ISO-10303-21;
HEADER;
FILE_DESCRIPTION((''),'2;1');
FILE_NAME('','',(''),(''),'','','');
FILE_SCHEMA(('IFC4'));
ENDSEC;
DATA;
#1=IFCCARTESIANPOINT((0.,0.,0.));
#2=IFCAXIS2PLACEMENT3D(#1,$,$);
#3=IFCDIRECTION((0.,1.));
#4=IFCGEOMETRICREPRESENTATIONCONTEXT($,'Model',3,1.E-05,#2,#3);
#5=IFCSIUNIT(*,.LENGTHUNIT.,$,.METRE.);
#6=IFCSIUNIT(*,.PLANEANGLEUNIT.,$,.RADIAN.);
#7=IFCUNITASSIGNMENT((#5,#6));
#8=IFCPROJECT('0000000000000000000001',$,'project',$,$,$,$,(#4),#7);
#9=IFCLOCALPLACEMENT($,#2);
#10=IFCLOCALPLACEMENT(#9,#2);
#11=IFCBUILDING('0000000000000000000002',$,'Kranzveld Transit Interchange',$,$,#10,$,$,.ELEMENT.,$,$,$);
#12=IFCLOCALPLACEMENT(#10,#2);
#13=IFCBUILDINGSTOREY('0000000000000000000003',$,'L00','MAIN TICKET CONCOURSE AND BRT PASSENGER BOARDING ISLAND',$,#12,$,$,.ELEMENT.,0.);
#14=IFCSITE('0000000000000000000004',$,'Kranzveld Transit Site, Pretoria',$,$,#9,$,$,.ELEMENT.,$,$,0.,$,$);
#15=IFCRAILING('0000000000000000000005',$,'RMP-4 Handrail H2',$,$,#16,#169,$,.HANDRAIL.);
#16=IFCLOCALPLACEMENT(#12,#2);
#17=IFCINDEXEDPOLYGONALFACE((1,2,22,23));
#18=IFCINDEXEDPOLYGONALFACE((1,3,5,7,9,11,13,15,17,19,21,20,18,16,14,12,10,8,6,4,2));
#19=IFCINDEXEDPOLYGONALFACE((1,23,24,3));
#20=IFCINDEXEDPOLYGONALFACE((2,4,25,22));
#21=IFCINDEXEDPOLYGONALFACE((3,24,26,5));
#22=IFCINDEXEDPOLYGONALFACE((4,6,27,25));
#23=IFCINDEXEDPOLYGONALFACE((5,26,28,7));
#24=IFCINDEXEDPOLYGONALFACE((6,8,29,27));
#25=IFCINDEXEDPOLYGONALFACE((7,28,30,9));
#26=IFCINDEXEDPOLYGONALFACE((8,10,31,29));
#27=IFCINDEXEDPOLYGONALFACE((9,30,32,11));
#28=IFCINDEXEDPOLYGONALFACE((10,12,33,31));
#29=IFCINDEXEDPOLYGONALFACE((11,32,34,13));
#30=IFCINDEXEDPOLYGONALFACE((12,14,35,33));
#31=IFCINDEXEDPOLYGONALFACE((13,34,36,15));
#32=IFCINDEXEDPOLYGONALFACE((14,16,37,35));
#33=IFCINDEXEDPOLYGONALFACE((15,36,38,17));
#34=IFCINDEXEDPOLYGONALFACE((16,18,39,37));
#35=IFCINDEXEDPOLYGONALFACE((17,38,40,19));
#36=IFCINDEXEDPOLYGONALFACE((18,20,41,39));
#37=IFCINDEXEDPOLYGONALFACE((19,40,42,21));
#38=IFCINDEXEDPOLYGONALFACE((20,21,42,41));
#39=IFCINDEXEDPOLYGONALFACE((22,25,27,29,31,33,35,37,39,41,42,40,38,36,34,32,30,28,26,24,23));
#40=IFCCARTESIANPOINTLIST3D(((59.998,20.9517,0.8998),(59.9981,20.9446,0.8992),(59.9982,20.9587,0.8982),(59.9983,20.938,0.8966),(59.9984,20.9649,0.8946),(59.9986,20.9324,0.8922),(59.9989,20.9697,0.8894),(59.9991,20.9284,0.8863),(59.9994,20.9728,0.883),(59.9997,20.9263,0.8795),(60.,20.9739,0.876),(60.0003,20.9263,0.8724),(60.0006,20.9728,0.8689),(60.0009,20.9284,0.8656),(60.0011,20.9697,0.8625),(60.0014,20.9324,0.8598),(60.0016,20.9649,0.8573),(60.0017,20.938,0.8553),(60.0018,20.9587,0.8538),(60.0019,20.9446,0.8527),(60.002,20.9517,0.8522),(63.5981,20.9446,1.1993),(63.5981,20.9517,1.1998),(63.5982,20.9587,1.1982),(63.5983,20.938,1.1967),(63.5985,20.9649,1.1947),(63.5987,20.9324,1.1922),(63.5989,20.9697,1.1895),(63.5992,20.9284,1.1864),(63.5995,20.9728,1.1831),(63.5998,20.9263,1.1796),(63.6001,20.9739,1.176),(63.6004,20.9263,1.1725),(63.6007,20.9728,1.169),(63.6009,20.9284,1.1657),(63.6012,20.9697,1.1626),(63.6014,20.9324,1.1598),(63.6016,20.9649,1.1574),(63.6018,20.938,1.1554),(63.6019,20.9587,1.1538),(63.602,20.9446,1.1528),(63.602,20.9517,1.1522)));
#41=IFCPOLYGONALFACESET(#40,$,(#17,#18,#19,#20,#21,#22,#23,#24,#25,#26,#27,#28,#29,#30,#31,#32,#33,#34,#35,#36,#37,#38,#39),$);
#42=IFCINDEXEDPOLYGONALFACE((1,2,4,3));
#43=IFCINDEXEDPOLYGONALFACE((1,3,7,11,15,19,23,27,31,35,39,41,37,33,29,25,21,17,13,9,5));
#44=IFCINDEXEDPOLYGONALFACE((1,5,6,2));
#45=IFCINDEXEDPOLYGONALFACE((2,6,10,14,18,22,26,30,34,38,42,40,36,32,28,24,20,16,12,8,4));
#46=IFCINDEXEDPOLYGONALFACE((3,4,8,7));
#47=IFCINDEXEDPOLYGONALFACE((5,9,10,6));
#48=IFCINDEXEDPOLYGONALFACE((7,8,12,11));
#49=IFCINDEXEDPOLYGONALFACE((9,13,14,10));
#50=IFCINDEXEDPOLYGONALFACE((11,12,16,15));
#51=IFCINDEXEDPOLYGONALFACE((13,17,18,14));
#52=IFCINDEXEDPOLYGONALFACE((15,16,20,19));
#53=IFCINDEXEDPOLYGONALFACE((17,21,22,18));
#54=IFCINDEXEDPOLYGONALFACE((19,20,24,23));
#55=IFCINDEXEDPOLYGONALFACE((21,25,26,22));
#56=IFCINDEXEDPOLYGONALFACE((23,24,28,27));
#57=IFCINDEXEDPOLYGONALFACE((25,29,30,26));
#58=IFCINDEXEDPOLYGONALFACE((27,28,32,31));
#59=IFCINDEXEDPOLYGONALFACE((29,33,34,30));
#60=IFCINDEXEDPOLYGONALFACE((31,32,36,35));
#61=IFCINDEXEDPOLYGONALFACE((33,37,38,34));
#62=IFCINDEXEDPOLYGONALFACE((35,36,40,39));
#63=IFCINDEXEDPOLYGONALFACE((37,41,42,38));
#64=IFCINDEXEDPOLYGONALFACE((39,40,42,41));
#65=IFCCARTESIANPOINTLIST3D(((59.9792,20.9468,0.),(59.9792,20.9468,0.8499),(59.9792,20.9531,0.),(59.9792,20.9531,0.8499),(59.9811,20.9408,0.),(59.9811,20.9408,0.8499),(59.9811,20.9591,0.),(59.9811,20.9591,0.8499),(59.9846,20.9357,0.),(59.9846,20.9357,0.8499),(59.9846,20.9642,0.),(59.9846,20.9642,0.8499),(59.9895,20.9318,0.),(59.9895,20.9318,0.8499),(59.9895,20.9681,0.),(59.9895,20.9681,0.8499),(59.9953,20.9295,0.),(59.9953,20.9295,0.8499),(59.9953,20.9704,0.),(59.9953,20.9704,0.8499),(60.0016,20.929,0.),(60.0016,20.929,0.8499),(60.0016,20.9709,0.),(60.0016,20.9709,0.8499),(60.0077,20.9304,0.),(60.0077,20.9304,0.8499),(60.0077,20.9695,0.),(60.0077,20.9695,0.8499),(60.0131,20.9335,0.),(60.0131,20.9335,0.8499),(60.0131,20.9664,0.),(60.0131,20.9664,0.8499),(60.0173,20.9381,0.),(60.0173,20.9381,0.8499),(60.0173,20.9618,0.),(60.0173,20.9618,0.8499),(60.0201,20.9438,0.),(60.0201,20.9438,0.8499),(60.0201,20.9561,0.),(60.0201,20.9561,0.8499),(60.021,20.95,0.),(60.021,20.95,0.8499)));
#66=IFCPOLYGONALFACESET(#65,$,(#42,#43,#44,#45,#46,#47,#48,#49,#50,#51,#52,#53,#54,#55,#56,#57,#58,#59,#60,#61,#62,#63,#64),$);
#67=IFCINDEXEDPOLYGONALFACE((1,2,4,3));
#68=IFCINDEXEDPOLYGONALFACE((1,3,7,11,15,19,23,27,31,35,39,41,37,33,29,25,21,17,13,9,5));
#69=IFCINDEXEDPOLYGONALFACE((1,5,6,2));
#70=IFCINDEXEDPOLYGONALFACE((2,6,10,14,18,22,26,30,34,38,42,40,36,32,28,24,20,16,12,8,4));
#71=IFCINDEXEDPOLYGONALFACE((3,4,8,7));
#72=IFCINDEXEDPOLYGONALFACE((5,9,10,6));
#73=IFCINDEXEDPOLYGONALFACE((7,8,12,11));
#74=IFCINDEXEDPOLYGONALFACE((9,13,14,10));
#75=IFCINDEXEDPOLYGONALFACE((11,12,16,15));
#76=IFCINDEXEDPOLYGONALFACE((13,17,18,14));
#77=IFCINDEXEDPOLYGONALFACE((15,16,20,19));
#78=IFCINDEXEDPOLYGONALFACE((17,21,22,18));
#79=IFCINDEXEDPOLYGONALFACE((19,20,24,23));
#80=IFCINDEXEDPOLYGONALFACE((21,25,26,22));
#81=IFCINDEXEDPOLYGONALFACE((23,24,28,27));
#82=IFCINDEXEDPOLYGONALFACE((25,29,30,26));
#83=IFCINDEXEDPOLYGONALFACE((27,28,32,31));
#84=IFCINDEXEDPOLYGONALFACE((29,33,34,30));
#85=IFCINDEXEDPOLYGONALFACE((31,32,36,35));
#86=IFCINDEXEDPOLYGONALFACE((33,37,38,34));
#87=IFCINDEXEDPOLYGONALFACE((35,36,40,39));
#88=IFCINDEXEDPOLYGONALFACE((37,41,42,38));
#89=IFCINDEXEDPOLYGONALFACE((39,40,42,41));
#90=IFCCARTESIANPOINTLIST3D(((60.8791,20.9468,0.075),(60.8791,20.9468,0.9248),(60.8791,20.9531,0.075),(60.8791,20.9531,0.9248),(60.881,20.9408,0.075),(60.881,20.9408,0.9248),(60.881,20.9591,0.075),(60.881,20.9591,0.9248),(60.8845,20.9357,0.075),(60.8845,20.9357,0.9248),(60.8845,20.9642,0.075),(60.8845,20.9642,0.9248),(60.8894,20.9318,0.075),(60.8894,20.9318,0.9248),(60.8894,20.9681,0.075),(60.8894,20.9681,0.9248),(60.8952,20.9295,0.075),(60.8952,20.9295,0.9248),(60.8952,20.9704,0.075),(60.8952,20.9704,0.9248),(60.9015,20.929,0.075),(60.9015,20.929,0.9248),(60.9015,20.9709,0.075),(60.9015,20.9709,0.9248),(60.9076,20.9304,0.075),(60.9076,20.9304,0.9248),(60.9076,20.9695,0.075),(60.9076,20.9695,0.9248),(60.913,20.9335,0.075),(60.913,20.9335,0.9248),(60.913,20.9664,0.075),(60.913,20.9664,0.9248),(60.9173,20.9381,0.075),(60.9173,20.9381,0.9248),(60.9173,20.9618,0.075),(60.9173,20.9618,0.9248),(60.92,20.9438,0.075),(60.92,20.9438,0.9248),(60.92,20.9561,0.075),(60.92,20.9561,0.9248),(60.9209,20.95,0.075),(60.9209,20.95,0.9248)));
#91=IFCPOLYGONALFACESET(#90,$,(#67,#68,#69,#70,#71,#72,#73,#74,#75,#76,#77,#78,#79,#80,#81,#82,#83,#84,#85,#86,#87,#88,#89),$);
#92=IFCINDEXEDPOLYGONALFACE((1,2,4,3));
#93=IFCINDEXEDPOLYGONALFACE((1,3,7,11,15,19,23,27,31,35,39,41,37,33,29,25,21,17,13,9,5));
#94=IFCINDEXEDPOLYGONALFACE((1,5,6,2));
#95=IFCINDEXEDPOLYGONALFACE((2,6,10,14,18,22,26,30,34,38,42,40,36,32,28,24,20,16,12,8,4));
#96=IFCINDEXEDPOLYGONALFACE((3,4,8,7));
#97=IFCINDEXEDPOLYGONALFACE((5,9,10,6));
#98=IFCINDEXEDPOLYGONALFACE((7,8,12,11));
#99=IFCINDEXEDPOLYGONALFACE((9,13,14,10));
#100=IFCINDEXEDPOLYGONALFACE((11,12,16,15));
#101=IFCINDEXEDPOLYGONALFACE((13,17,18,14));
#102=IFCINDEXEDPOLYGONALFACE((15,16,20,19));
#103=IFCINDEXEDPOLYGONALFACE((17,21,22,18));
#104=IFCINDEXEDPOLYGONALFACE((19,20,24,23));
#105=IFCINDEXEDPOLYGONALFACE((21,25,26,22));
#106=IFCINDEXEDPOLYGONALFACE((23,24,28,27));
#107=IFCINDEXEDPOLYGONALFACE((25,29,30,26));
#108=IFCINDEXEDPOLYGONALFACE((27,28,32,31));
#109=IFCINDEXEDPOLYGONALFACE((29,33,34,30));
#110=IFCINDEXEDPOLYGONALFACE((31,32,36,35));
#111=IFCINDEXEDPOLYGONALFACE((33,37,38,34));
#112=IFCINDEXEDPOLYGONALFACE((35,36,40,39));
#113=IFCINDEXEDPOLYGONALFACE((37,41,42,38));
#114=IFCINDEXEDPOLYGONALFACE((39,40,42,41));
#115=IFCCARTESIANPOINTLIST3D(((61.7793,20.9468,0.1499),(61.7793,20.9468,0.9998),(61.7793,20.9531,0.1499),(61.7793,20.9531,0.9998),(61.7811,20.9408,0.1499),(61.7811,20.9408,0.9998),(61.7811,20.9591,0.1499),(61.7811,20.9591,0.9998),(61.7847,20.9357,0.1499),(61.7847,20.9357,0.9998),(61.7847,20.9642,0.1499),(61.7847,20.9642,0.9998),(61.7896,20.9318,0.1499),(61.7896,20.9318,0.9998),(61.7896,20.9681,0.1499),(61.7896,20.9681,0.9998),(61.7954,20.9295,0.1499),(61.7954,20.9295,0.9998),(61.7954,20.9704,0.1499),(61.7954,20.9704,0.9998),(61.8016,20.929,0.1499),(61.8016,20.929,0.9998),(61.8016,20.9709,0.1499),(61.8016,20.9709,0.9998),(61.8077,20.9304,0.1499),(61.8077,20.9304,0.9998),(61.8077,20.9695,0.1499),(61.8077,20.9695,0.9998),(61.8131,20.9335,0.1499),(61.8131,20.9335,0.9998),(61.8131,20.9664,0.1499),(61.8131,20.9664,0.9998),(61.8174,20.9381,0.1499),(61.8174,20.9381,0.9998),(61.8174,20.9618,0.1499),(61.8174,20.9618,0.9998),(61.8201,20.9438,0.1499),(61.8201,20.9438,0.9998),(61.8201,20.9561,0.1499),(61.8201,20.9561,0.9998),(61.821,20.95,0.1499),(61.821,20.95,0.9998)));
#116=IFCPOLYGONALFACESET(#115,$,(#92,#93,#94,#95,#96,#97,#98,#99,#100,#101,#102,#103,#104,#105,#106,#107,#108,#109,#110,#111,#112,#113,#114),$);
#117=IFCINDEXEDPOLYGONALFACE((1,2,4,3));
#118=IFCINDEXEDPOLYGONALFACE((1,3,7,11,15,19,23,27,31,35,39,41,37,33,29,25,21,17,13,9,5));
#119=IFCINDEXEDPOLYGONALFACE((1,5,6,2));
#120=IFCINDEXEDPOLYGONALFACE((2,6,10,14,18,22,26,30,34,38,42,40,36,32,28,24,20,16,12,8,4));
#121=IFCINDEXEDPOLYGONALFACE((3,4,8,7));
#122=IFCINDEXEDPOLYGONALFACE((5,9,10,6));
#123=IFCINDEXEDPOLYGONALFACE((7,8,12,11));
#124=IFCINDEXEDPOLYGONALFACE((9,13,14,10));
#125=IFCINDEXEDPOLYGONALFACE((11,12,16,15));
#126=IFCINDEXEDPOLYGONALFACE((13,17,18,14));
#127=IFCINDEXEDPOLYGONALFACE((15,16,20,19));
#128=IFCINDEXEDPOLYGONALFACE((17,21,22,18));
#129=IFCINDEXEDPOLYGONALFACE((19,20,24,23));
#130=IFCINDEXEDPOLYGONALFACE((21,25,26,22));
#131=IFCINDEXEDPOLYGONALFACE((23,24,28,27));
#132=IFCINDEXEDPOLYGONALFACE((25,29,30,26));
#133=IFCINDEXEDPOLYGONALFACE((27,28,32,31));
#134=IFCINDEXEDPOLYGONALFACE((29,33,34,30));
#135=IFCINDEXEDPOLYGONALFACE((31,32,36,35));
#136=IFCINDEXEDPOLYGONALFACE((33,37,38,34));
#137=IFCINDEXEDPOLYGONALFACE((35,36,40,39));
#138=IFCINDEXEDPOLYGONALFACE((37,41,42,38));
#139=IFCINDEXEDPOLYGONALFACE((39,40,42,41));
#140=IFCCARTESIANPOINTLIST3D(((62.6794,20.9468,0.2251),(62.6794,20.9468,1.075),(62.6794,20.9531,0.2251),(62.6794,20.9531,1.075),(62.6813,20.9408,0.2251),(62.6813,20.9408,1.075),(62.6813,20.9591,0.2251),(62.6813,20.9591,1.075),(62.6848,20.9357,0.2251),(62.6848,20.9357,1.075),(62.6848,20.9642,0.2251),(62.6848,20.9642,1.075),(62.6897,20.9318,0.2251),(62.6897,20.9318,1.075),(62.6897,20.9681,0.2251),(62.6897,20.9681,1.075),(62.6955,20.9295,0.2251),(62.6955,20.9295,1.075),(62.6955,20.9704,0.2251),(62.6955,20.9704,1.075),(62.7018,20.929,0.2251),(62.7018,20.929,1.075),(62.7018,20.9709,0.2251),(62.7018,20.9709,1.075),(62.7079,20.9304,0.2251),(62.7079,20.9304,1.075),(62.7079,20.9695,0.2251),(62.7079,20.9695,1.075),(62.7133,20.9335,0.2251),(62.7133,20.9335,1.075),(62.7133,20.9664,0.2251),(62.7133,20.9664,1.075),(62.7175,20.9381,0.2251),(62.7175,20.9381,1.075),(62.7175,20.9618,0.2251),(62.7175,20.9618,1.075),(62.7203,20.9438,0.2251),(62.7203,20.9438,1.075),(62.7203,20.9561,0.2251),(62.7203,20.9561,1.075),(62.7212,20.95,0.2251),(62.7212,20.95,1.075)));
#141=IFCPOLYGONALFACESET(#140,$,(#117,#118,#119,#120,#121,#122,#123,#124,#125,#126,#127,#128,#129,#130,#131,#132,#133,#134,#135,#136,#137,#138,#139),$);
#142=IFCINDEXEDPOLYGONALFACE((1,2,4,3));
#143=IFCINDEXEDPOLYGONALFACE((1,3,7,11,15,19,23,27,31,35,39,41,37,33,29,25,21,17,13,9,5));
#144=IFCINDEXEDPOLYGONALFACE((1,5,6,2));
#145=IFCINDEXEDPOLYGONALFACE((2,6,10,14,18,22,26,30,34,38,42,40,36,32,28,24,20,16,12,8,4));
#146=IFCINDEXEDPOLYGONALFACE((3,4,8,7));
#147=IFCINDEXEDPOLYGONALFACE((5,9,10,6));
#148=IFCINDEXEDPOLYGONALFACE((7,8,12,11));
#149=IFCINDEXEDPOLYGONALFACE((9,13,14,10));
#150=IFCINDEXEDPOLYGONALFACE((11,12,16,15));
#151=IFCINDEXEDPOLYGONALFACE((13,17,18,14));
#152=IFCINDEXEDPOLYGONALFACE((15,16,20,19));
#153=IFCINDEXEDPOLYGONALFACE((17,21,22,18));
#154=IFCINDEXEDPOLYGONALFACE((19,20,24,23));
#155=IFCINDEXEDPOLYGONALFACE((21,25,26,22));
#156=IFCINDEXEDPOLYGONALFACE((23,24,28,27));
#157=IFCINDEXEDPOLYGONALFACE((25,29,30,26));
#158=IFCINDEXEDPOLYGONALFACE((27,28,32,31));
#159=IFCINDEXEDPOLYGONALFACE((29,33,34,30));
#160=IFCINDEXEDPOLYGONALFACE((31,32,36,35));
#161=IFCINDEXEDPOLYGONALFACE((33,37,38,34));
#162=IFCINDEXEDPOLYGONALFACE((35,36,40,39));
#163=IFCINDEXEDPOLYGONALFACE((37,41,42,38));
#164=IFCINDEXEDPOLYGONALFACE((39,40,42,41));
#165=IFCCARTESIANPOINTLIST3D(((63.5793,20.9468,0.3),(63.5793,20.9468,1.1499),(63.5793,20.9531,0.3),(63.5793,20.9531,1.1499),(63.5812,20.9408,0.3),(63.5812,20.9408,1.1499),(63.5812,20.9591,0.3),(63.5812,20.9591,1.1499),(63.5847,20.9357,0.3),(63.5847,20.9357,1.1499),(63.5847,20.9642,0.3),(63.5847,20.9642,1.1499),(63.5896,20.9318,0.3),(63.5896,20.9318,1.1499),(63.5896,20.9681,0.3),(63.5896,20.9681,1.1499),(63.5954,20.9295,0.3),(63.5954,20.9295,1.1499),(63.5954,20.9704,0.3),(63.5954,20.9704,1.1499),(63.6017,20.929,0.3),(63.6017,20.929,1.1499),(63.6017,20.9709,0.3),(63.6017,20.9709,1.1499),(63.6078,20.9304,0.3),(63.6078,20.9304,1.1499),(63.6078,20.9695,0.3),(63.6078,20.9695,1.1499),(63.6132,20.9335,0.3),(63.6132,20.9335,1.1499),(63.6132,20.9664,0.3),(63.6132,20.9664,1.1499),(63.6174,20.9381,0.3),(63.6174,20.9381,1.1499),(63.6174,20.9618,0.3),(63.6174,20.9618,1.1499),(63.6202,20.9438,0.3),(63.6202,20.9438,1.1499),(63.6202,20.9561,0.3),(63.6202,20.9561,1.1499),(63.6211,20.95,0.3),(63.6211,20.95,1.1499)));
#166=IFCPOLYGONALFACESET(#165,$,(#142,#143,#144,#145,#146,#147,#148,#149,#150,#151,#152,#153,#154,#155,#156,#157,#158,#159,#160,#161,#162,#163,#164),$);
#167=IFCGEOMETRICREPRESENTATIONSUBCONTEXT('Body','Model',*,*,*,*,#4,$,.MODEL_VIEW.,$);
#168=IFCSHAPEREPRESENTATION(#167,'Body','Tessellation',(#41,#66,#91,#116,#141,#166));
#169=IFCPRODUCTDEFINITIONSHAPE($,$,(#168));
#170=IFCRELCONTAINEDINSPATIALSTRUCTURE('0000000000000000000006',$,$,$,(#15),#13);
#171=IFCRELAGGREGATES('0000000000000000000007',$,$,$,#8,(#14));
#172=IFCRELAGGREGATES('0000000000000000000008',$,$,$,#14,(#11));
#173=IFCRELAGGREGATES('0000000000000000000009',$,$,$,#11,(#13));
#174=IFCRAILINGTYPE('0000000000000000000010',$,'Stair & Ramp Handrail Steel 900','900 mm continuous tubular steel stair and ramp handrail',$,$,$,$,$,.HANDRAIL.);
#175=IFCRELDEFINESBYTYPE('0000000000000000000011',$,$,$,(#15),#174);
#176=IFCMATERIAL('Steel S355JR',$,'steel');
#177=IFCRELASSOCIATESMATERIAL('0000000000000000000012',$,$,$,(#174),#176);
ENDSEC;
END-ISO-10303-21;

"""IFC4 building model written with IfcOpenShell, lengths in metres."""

from ifc_helpers import new_model, si_unit, direction, frame, origin, origin_2d, place, context, subcontext, project, spatial, circle, extrude, material, type_object, element, save


model = new_model("IFC4")

# Units and contexts
model_context = context("Model", 3, precision=1e-05, world=origin(), true_north=direction((0.0, 1.0)))
body_context = subcontext(model_context, "Body", "Model", "MODEL_VIEW")
ifc_project = project(units=[si_unit("LENGTHUNIT", "METRE"), si_unit("PLANEANGLEUNIT", "RADIAN")], contexts=[model_context])

# Site, building, storey
site_placement = place(None, origin())
site = spatial("IfcSite", under=ifc_project, at=site_placement, Name="Kranzveld Transit Site, Pretoria", CompositionType="ELEMENT", RefElevation=0.0)
building_placement = place(site_placement, origin())
building = spatial("IfcBuilding", under=site, at=building_placement, Name="Kranzveld Transit Interchange", CompositionType="ELEMENT")
storey_placement = place(building_placement, origin())
storey = spatial("IfcBuildingStorey", under=building, at=storey_placement, Name="L00", Description="MAIN TICKET CONCOURSE AND BRT PASSENGER BOARDING ISLAND", CompositionType="ELEMENT", Elevation=0.0)

# Railing
ifc_material_1 = material(Name="Steel S355JR", Category="steel")
railing_type = type_object("IfcRailingType", Name="Stair & Ramp Handrail Steel 900", Description="900 mm continuous tubular steel stair and ramp handrail", PredefinedType="HANDRAIL", material=ifc_material_1)
for number, where, name in (
    (1, (60.0, 20.95, 0.0), "RMP-4 Handrail H2"),
):
    element("IfcRailing", number, at=place(storey_placement, frame(where)), inside=storey, type_object=railing_type, Name=name, PredefinedType="HANDRAIL", context=body_context, shape_type="SweptSolid", body=[
        extrude(circle(Radius=0.0239, at=origin_2d()), frame((0.0, 0.0, 0.876), z_axis=(0.996545, 0.0, 0.083057), x_axis=(0.0, 1.0, 0.0)), (0.0, 0.0, 1.0), 3.6125),
        extrude(circle(Radius=0.021, at=origin_2d()), origin(), (0.0, 0.0, 1.0), 0.8499),
        extrude(circle(Radius=0.021, at=origin_2d()), frame((0.8999, 0.0, 0.075)), (0.0, 0.0, 1.0), 0.8499),
        extrude(circle(Radius=0.021, at=origin_2d()), frame((1.8, 0.0, 0.1499)), (0.0, 0.0, 1.0), 0.8499),
        extrude(circle(Radius=0.021, at=origin_2d()), frame((2.7002, 0.0, 0.2251)), (0.0, 0.0, 1.0), 0.8499),
        extrude(circle(Radius=0.021, at=origin_2d()), frame((3.6001, 0.0, 0.3)), (0.0, 0.0, 1.0), 0.8499),
    ])

save(model, "model.ifc")
